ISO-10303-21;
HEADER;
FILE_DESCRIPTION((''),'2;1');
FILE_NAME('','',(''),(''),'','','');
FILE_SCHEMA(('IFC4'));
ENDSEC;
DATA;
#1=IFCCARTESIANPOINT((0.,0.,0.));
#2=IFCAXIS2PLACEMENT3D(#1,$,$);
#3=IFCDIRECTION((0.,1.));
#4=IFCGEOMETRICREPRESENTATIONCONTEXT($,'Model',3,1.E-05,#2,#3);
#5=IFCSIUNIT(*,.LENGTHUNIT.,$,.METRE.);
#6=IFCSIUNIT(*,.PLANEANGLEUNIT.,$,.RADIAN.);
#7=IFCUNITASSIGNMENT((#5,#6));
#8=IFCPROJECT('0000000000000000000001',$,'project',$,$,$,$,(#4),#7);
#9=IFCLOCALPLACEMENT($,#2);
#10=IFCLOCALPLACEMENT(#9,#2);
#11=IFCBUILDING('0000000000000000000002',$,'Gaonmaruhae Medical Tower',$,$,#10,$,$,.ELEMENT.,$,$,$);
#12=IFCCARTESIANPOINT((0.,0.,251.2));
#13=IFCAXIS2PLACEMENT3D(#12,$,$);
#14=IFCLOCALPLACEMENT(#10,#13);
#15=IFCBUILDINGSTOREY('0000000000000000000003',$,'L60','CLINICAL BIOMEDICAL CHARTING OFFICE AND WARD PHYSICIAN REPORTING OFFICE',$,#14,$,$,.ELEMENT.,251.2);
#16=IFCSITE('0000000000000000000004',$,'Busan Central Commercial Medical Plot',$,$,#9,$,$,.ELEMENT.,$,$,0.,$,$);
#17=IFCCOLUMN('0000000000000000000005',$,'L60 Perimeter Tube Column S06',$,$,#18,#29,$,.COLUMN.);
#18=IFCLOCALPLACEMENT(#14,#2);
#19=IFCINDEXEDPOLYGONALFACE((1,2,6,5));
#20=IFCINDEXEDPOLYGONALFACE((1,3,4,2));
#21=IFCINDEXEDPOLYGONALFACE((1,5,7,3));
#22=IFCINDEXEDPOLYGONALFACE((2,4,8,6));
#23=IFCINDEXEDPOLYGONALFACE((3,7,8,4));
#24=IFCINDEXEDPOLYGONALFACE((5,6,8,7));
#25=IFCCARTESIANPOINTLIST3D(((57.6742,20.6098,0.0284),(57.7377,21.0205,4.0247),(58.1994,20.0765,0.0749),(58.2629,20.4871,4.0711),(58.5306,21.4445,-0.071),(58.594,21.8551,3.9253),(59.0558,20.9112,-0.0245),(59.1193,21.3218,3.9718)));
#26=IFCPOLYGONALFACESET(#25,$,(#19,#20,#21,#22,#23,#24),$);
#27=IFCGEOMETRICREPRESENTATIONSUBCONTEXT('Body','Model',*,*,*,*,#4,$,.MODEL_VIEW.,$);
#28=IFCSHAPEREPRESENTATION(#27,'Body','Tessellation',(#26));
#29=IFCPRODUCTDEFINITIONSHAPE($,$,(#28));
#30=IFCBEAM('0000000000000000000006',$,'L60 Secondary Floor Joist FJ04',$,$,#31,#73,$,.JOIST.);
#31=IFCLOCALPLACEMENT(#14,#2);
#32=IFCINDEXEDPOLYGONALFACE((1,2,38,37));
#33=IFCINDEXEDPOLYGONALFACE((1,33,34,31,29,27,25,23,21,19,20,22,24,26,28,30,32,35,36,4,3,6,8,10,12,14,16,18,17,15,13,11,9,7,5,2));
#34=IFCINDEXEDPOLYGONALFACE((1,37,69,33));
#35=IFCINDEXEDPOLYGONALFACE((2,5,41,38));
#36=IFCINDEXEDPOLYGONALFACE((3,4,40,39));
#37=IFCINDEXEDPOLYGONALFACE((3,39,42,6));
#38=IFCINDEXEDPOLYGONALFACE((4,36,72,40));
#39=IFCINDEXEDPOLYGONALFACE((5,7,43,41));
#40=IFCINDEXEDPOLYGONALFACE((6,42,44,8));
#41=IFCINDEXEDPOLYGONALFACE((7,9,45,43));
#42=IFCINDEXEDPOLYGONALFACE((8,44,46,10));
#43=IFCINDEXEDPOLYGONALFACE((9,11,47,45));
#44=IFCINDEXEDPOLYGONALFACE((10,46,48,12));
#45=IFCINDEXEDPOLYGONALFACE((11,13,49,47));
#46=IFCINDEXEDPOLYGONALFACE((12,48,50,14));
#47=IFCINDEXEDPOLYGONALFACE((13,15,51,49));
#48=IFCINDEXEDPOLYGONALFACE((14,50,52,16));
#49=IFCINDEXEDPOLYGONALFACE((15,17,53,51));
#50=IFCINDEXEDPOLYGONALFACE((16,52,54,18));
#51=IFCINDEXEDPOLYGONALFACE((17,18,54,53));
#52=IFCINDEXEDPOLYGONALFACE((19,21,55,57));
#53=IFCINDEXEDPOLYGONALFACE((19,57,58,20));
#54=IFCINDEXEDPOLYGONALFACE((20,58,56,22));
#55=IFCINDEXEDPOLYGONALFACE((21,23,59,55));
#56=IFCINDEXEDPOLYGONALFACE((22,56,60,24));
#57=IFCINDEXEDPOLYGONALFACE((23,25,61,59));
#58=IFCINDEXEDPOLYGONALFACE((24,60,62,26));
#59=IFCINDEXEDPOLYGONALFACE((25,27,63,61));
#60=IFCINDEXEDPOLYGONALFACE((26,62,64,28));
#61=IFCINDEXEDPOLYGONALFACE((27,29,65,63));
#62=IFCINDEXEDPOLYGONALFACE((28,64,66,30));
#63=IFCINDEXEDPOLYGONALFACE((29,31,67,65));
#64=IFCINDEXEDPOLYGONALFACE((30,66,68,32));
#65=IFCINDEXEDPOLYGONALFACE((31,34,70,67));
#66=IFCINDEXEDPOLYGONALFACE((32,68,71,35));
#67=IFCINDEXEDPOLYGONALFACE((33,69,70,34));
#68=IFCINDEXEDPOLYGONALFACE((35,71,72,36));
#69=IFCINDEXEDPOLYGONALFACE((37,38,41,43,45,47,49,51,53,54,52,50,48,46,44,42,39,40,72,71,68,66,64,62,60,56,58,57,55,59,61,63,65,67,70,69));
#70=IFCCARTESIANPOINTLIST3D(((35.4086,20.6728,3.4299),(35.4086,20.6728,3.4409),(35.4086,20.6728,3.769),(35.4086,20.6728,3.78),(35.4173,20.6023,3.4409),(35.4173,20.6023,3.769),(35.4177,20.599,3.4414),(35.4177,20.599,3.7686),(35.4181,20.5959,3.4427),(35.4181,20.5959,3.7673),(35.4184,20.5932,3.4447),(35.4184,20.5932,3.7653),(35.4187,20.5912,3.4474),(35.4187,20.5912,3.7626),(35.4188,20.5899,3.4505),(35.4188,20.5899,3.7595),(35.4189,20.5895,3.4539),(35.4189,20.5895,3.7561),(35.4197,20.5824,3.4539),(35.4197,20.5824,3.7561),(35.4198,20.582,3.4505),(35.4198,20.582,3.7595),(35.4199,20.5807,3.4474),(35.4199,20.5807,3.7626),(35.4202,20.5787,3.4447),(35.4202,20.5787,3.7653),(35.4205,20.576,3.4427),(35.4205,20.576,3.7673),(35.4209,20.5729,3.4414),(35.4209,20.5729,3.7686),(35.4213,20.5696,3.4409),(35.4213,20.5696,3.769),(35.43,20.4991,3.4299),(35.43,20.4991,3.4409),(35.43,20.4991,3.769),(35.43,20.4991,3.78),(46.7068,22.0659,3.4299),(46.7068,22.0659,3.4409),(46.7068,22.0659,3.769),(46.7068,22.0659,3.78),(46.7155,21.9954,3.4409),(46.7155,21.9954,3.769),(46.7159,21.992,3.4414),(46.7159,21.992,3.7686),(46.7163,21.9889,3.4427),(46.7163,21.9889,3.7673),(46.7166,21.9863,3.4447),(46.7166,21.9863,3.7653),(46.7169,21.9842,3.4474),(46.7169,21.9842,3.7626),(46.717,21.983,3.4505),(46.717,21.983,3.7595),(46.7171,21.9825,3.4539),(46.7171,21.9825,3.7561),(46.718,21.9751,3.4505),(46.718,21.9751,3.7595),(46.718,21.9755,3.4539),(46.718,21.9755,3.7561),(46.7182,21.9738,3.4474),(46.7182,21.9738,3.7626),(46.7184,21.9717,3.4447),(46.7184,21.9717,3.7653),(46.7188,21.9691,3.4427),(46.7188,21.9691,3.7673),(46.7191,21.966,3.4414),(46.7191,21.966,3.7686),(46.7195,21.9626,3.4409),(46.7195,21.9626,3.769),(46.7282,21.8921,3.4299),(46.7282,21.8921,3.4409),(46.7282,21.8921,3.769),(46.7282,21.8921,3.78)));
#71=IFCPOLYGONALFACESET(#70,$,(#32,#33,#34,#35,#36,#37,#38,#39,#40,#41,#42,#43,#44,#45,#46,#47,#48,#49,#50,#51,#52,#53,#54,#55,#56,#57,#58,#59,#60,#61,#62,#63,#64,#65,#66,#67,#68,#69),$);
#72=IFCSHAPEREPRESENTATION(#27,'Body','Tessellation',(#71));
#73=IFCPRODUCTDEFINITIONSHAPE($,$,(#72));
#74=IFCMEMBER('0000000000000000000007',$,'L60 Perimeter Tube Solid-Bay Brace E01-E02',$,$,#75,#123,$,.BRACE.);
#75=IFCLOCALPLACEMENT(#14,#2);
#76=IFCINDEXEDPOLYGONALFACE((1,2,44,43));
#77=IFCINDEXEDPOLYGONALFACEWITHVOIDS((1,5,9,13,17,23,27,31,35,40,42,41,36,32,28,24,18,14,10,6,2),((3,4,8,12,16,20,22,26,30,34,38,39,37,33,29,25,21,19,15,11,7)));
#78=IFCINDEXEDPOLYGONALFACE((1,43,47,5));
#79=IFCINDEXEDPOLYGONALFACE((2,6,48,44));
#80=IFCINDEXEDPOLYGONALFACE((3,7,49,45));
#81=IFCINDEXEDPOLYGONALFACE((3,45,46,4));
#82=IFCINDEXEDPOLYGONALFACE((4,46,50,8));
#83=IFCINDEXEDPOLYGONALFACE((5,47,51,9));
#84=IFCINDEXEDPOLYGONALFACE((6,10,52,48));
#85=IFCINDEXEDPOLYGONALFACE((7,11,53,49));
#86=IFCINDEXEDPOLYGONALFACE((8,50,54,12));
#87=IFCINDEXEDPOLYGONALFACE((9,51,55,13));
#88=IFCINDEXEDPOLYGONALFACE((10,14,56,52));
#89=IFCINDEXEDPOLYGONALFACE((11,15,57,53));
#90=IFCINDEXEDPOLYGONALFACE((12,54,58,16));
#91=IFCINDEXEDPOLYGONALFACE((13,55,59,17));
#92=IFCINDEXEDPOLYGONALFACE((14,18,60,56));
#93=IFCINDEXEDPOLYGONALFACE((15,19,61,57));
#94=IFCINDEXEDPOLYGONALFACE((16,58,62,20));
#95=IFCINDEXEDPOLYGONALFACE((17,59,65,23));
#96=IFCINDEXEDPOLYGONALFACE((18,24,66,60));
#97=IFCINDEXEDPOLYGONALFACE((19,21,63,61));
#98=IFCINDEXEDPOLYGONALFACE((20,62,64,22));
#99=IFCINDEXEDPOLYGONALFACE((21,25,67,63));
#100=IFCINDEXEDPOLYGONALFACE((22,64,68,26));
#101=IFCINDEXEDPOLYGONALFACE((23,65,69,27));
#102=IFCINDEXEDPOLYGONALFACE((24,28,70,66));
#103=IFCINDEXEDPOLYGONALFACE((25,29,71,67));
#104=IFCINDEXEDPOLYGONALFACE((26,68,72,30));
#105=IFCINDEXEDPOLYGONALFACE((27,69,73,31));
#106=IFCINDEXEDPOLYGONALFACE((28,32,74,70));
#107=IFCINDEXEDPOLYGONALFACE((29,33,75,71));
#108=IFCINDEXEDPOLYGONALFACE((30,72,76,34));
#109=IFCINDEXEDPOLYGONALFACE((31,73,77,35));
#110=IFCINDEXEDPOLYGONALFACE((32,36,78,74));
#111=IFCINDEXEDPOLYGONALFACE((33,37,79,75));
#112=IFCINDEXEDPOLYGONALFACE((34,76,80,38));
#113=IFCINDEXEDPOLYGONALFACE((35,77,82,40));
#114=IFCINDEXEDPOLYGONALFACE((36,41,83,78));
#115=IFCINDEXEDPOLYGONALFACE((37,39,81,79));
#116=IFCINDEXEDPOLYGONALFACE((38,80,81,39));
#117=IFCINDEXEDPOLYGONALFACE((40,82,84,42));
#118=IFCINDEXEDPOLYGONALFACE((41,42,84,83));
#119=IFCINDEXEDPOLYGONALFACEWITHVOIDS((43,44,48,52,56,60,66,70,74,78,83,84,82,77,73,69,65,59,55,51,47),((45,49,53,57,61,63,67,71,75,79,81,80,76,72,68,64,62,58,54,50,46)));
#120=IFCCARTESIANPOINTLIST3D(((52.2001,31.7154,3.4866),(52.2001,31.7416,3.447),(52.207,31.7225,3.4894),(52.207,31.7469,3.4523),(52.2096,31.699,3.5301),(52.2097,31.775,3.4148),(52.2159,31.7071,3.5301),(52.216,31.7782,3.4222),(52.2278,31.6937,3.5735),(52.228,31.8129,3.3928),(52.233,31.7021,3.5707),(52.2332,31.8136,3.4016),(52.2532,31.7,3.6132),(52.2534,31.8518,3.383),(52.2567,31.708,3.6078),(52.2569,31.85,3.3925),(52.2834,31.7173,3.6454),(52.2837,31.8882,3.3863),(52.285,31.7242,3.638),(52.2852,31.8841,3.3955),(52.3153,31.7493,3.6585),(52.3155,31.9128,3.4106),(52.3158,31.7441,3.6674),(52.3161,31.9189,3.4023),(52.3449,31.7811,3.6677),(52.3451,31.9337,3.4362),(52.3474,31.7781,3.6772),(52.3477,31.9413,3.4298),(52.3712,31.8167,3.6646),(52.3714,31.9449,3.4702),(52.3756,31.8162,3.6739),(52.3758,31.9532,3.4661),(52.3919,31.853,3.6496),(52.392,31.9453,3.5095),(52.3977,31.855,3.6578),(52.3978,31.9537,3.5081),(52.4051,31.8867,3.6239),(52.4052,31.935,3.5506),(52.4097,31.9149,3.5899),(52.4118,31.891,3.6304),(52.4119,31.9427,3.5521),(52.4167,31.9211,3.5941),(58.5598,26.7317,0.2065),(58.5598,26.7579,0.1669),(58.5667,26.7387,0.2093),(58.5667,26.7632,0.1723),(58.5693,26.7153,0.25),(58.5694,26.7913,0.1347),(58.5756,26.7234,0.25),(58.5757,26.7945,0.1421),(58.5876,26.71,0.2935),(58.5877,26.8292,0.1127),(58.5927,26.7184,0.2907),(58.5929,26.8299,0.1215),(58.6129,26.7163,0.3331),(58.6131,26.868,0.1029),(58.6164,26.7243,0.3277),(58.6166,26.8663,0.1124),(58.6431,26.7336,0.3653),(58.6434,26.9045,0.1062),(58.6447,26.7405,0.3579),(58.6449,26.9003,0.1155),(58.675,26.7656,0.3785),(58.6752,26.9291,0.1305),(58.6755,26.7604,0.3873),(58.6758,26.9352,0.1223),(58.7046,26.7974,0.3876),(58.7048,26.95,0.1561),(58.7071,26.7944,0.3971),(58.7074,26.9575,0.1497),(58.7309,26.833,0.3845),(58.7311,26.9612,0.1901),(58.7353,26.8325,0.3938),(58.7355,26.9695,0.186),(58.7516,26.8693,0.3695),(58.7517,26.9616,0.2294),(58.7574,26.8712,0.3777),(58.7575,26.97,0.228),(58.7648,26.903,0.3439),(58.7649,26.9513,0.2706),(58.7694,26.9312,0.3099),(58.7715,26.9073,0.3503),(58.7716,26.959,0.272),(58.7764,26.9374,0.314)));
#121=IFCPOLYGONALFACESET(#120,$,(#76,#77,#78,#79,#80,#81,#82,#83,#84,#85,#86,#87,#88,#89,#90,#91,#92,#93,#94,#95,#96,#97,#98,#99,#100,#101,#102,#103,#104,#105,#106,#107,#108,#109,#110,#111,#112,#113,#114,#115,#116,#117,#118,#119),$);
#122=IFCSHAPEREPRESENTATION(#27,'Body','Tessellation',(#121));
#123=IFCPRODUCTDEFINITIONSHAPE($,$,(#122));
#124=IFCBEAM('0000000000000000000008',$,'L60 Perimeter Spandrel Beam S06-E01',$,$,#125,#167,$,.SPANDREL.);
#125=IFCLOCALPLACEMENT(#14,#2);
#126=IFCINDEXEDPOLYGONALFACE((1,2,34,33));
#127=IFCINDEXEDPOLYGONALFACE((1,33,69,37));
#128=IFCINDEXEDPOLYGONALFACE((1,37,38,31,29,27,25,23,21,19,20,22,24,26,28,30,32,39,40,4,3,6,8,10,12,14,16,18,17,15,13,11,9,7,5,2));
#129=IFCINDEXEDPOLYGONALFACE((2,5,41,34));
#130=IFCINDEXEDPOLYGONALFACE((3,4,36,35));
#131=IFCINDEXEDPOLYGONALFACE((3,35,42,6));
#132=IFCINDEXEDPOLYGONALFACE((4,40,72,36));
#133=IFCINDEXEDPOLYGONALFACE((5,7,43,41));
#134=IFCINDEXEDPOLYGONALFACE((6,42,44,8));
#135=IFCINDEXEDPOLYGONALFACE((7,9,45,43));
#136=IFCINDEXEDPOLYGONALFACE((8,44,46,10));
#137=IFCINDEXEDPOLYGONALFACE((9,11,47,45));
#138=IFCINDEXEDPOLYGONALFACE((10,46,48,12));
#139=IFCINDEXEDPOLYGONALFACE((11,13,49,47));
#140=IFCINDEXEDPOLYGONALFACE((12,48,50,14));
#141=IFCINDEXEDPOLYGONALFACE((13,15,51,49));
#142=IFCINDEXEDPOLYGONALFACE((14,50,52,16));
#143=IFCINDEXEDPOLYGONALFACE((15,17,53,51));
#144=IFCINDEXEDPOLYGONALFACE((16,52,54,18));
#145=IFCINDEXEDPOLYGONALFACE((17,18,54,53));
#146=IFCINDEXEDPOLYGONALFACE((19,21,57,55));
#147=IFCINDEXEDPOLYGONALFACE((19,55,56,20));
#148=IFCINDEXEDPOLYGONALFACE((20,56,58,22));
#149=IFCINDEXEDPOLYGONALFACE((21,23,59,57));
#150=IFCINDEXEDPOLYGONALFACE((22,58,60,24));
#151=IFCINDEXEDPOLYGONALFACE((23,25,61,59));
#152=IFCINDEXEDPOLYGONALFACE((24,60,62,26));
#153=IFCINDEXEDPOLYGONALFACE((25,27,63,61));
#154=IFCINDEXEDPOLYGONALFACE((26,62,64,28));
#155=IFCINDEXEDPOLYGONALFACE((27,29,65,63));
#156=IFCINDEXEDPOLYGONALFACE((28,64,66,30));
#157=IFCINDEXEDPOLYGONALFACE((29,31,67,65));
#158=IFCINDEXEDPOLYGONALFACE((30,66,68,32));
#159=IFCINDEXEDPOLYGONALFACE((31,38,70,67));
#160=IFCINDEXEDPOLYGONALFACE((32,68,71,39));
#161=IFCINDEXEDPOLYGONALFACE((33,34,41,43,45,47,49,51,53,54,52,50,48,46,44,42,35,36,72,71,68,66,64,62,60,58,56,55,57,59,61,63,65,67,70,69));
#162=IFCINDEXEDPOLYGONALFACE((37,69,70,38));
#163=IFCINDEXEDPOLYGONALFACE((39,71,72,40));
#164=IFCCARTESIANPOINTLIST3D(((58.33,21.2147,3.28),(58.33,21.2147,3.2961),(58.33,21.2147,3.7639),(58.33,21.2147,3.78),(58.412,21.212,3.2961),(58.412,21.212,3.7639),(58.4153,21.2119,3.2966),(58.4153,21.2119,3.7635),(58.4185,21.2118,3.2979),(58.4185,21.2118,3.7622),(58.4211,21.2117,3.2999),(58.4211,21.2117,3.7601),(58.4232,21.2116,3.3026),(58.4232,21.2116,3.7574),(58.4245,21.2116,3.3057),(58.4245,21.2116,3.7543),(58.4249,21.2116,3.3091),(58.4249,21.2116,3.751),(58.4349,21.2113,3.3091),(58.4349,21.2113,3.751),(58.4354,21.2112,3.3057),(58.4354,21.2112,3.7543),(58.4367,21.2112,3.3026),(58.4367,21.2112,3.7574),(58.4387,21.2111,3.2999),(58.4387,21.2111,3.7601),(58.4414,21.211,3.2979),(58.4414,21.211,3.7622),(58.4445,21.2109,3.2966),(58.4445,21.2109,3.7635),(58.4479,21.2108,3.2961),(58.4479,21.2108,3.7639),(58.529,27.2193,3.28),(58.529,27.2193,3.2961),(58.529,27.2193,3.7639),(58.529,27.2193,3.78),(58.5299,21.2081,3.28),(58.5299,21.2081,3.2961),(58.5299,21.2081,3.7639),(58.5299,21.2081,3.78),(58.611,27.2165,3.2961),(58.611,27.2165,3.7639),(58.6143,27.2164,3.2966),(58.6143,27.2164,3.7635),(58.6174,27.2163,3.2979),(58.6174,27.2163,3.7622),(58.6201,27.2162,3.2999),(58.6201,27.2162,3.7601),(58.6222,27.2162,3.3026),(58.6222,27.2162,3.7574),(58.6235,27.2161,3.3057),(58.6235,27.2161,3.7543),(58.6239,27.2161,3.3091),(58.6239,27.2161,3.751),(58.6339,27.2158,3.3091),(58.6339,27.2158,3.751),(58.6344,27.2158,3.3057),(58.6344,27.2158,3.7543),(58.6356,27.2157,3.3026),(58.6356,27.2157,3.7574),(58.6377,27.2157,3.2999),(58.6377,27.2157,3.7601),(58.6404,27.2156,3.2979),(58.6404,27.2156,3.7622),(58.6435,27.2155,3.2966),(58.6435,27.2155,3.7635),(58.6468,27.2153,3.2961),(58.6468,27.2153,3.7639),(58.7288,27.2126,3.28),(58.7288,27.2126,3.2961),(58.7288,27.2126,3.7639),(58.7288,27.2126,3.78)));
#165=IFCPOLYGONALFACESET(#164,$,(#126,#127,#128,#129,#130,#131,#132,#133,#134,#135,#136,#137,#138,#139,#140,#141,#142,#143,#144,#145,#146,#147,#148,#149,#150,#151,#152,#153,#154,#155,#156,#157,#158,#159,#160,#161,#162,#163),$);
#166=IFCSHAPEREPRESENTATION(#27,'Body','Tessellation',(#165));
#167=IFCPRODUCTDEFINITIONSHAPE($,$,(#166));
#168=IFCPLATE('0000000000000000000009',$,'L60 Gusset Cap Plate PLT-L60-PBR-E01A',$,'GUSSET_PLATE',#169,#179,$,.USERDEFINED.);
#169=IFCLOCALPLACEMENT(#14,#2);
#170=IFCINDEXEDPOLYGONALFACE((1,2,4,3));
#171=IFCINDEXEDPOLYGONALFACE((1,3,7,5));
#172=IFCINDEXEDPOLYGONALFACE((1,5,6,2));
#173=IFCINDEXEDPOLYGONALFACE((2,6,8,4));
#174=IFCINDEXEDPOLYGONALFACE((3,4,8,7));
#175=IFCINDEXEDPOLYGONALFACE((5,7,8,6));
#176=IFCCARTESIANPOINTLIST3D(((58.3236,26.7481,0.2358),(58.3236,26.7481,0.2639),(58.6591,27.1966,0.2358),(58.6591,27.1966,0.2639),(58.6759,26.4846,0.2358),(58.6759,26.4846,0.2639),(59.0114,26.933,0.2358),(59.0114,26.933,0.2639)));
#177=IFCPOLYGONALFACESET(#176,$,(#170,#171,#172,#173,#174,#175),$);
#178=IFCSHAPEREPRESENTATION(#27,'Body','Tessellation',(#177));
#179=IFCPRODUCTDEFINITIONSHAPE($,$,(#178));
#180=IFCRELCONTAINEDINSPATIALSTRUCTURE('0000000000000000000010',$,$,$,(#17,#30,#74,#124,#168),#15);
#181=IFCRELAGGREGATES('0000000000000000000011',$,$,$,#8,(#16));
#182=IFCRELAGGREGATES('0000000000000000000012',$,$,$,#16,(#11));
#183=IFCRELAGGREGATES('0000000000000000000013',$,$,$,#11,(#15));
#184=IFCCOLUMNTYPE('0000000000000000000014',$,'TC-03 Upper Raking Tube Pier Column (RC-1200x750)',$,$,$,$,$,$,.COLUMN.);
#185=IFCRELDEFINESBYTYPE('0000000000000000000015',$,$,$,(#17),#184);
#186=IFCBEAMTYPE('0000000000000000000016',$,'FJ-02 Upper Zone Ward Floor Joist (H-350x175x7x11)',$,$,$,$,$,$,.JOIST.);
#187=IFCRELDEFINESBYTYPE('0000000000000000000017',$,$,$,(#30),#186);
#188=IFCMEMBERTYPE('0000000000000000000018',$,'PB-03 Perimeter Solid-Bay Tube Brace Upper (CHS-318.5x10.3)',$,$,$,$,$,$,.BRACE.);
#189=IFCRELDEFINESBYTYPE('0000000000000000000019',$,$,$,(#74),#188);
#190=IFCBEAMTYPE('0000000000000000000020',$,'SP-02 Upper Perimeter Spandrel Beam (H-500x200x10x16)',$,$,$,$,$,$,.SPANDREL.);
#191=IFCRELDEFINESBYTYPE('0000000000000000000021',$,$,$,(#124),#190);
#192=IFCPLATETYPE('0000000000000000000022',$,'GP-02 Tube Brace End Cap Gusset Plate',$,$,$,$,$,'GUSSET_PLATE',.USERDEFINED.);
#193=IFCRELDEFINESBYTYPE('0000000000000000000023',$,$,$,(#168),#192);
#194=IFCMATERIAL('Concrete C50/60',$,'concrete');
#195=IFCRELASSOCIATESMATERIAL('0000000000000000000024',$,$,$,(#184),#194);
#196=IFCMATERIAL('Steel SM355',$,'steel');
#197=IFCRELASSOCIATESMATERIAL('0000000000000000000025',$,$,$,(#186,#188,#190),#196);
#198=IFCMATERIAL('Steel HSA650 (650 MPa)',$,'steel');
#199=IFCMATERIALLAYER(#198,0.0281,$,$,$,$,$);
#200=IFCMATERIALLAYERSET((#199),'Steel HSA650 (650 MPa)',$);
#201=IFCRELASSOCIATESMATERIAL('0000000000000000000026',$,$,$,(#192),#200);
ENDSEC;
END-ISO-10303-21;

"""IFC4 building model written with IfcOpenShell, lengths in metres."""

from ifc_helpers import new_model, si_unit, direction, frame, origin, origin_2d, place, context, subcontext, project, spatial, rectangle, hollow_circle, i_section, extrude, material, layer, layer_set, material_profile, profile_set, type_object, element, save


model = new_model("IFC4")

# Units and contexts
model_context = context("Model", 3, precision=1e-05, world=origin(), true_north=direction((0.0, 1.0)))
body_context = subcontext(model_context, "Body", "Model", "MODEL_VIEW")
ifc_project = project(units=[si_unit("LENGTHUNIT", "METRE"), si_unit("PLANEANGLEUNIT", "RADIAN")], contexts=[model_context])

# Site, building, storey
site_placement = place(None, origin())
site = spatial("IfcSite", under=ifc_project, at=site_placement, Name="Busan Central Commercial Medical Plot", CompositionType="ELEMENT", RefElevation=0.0)
building_placement = place(site_placement, origin())
building = spatial("IfcBuilding", under=site, at=building_placement, Name="Gaonmaruhae Medical Tower", CompositionType="ELEMENT")
storey_placement = place(building_placement, frame((0.0, 0.0, 251.2)))
storey = spatial("IfcBuildingStorey", under=building, at=storey_placement, Name="L60", Description="CLINICAL BIOMEDICAL CHARTING OFFICE AND WARD PHYSICIAN REPORTING OFFICE", CompositionType="ELEMENT", Elevation=251.2)

# Column
ifc_material_1 = material(Name="Concrete C50/60", Category="concrete")
ifc_material_profile_1 = material_profile(ifc_material_1, rectangle(XDim=1.2, YDim=0.75, at=origin_2d()), Name="RC-1200x750")
ifc_profile_set_1 = profile_set([ifc_material_profile_1], Name="Concrete C50/60")
column_type = type_object("IfcColumnType", Name="TC-03 Upper Raking Tube Pier Column (RC-1200x750)", PredefinedType="COLUMN", material=ifc_profile_set_1)
column_placement = place(storey_placement, frame((58.365, 20.7605, 0.002), z_axis=(0.015799, 0.102204, 0.994638), x_axis=(-0.713659, -0.695581, 0.08281)))
element("IfcColumn", 1, at=column_placement, inside=storey, type_object=column_type, Name="L60 Perimeter Tube Column S06", PredefinedType="COLUMN", context=body_context, shape_type="SweptSolid", body=[
    extrude(rectangle(XDim=1.2, YDim=0.75, at=origin_2d()), origin(), (0.0, 0.0, 1.0), 4.0178),
])

# Beam
ifc_material_2 = material(Name="Steel SM355", Category="steel")
ifc_material_profile_2 = material_profile(ifc_material_2, i_section(OverallWidth=0.175, OverallDepth=0.3501, WebThickness=0.0071, FlangeThickness=0.011, FilletRadius=0.0129, at=origin_2d()), Name="H-350x175x7x11")
ifc_profile_set_2 = profile_set([ifc_material_profile_2], Name="Steel SM355")
beam_type_1 = type_object("IfcBeamType", Name="FJ-02 Upper Zone Ward Floor Joist (H-350x175x7x11)", PredefinedType="JOIST", material=ifc_profile_set_2)
beam_1_placement = place(storey_placement, frame((46.7175, 21.979, 3.605), z_axis=(-0.992484, -0.122372, 0.0), x_axis=(0.122372, -0.992484, 0.0)))
element("IfcBeam", 2, at=beam_1_placement, inside=storey, type_object=beam_type_1, Name="L60 Secondary Floor Joist FJ04", PredefinedType="JOIST", context=body_context, shape_type="SweptSolid", body=[
    extrude(i_section(OverallWidth=0.175, OverallDepth=0.3501, WebThickness=0.0071, FlangeThickness=0.011, FilletRadius=0.0129, at=origin_2d()), origin(), (0.0, 0.0, 1.0), 11.3838),
])

# Member
ifc_material_profile_3 = material_profile(ifc_material_2, hollow_circle(Radius=0.1592, WallThickness=0.0103, at=origin_2d()), Name="CHS-318.5x10.3")
ifc_profile_set_3 = profile_set([ifc_material_profile_3], Name="Steel SM355")
member_type = type_object("IfcMemberType", Name="PB-03 Perimeter Solid-Bay Tube Brace Upper (CHS-318.5x10.3)", PredefinedType="BRACE", material=ifc_profile_set_3)
member_placement = place(storey_placement, frame((58.6675, 26.8406, 0.25), z_axis=(-0.729306, 0.571512, 0.376146), x_axis=(-0.616811, -0.787111, 0.0)))
element("IfcMember", 3, at=member_placement, inside=storey, type_object=member_type, Name="L60 Perimeter Tube Solid-Bay Brace E01-E02", PredefinedType="BRACE", context=body_context, shape_type="SweptSolid", body=[
    extrude(hollow_circle(Radius=0.1592, WallThickness=0.0103, at=origin_2d()), origin(), (0.0, 0.0, 1.0), 8.7202),
])

# Beam
ifc_material_profile_4 = material_profile(ifc_material_2, i_section(OverallWidth=0.2, OverallDepth=0.5, WebThickness=0.01, FlangeThickness=0.0161, FilletRadius=0.0129, at=origin_2d()), Name="H-500x200x10x16")
ifc_profile_set_4 = profile_set([ifc_material_profile_4], Name="Steel SM355")
beam_type_2 = type_object("IfcBeamType", Name="SP-02 Upper Perimeter Spandrel Beam (H-500x200x10x16)", PredefinedType="SPANDREL", material=ifc_profile_set_4)
beam_2_placement = place(storey_placement, frame((58.4299, 21.2114, 3.53), z_axis=(0.03312, 0.999451, 0.0), x_axis=(-0.999451, 0.03312, 0.0)))
element("IfcBeam", 4, at=beam_2_placement, inside=storey, type_object=beam_type_2, Name="L60 Perimeter Spandrel Beam S06-E01", PredefinedType="SPANDREL", context=body_context, shape_type="SweptSolid", body=[
    extrude(i_section(OverallWidth=0.2, OverallDepth=0.5, WebThickness=0.01, FlangeThickness=0.0161, FilletRadius=0.0129, at=origin_2d()), origin(), (0.0, 0.0, 1.0), 6.0078),
])

# Plate
ifc_material_3 = material(Name="Steel HSA650 (650 MPa)", Category="steel")
ifc_layer_1 = layer(ifc_material_3, 0.0281)
ifc_layer_set_1 = layer_set([ifc_layer_1], Name="Steel HSA650 (650 MPa)")
plate_type_1 = type_object("IfcPlateType", Name="GP-02 Tube Brace End Cap Gusset Plate", ElementType="GUSSET_PLATE", PredefinedType="USERDEFINED", material=ifc_layer_set_1)
plate_1_placement = place(storey_placement, frame((58.6675, 26.8406, 0.2358), z_axis=(0.0, 0.0, 1.0), x_axis=(0.599024, 0.800731, 0.0)))
element("IfcPlate", 5, at=plate_1_placement, inside=storey, type_object=plate_type_1, Name="L60 Gusset Cap Plate PLT-L60-PBR-E01A", ObjectType="GUSSET_PLATE", PredefinedType="USERDEFINED", context=body_context, shape_type="SweptSolid", body=[
    extrude(rectangle(XDim=0.5601, YDim=0.4399, at=origin_2d()), origin(), (0.0, 0.0, 1.0), 0.0281),
])

save(model, "model.ifc")
